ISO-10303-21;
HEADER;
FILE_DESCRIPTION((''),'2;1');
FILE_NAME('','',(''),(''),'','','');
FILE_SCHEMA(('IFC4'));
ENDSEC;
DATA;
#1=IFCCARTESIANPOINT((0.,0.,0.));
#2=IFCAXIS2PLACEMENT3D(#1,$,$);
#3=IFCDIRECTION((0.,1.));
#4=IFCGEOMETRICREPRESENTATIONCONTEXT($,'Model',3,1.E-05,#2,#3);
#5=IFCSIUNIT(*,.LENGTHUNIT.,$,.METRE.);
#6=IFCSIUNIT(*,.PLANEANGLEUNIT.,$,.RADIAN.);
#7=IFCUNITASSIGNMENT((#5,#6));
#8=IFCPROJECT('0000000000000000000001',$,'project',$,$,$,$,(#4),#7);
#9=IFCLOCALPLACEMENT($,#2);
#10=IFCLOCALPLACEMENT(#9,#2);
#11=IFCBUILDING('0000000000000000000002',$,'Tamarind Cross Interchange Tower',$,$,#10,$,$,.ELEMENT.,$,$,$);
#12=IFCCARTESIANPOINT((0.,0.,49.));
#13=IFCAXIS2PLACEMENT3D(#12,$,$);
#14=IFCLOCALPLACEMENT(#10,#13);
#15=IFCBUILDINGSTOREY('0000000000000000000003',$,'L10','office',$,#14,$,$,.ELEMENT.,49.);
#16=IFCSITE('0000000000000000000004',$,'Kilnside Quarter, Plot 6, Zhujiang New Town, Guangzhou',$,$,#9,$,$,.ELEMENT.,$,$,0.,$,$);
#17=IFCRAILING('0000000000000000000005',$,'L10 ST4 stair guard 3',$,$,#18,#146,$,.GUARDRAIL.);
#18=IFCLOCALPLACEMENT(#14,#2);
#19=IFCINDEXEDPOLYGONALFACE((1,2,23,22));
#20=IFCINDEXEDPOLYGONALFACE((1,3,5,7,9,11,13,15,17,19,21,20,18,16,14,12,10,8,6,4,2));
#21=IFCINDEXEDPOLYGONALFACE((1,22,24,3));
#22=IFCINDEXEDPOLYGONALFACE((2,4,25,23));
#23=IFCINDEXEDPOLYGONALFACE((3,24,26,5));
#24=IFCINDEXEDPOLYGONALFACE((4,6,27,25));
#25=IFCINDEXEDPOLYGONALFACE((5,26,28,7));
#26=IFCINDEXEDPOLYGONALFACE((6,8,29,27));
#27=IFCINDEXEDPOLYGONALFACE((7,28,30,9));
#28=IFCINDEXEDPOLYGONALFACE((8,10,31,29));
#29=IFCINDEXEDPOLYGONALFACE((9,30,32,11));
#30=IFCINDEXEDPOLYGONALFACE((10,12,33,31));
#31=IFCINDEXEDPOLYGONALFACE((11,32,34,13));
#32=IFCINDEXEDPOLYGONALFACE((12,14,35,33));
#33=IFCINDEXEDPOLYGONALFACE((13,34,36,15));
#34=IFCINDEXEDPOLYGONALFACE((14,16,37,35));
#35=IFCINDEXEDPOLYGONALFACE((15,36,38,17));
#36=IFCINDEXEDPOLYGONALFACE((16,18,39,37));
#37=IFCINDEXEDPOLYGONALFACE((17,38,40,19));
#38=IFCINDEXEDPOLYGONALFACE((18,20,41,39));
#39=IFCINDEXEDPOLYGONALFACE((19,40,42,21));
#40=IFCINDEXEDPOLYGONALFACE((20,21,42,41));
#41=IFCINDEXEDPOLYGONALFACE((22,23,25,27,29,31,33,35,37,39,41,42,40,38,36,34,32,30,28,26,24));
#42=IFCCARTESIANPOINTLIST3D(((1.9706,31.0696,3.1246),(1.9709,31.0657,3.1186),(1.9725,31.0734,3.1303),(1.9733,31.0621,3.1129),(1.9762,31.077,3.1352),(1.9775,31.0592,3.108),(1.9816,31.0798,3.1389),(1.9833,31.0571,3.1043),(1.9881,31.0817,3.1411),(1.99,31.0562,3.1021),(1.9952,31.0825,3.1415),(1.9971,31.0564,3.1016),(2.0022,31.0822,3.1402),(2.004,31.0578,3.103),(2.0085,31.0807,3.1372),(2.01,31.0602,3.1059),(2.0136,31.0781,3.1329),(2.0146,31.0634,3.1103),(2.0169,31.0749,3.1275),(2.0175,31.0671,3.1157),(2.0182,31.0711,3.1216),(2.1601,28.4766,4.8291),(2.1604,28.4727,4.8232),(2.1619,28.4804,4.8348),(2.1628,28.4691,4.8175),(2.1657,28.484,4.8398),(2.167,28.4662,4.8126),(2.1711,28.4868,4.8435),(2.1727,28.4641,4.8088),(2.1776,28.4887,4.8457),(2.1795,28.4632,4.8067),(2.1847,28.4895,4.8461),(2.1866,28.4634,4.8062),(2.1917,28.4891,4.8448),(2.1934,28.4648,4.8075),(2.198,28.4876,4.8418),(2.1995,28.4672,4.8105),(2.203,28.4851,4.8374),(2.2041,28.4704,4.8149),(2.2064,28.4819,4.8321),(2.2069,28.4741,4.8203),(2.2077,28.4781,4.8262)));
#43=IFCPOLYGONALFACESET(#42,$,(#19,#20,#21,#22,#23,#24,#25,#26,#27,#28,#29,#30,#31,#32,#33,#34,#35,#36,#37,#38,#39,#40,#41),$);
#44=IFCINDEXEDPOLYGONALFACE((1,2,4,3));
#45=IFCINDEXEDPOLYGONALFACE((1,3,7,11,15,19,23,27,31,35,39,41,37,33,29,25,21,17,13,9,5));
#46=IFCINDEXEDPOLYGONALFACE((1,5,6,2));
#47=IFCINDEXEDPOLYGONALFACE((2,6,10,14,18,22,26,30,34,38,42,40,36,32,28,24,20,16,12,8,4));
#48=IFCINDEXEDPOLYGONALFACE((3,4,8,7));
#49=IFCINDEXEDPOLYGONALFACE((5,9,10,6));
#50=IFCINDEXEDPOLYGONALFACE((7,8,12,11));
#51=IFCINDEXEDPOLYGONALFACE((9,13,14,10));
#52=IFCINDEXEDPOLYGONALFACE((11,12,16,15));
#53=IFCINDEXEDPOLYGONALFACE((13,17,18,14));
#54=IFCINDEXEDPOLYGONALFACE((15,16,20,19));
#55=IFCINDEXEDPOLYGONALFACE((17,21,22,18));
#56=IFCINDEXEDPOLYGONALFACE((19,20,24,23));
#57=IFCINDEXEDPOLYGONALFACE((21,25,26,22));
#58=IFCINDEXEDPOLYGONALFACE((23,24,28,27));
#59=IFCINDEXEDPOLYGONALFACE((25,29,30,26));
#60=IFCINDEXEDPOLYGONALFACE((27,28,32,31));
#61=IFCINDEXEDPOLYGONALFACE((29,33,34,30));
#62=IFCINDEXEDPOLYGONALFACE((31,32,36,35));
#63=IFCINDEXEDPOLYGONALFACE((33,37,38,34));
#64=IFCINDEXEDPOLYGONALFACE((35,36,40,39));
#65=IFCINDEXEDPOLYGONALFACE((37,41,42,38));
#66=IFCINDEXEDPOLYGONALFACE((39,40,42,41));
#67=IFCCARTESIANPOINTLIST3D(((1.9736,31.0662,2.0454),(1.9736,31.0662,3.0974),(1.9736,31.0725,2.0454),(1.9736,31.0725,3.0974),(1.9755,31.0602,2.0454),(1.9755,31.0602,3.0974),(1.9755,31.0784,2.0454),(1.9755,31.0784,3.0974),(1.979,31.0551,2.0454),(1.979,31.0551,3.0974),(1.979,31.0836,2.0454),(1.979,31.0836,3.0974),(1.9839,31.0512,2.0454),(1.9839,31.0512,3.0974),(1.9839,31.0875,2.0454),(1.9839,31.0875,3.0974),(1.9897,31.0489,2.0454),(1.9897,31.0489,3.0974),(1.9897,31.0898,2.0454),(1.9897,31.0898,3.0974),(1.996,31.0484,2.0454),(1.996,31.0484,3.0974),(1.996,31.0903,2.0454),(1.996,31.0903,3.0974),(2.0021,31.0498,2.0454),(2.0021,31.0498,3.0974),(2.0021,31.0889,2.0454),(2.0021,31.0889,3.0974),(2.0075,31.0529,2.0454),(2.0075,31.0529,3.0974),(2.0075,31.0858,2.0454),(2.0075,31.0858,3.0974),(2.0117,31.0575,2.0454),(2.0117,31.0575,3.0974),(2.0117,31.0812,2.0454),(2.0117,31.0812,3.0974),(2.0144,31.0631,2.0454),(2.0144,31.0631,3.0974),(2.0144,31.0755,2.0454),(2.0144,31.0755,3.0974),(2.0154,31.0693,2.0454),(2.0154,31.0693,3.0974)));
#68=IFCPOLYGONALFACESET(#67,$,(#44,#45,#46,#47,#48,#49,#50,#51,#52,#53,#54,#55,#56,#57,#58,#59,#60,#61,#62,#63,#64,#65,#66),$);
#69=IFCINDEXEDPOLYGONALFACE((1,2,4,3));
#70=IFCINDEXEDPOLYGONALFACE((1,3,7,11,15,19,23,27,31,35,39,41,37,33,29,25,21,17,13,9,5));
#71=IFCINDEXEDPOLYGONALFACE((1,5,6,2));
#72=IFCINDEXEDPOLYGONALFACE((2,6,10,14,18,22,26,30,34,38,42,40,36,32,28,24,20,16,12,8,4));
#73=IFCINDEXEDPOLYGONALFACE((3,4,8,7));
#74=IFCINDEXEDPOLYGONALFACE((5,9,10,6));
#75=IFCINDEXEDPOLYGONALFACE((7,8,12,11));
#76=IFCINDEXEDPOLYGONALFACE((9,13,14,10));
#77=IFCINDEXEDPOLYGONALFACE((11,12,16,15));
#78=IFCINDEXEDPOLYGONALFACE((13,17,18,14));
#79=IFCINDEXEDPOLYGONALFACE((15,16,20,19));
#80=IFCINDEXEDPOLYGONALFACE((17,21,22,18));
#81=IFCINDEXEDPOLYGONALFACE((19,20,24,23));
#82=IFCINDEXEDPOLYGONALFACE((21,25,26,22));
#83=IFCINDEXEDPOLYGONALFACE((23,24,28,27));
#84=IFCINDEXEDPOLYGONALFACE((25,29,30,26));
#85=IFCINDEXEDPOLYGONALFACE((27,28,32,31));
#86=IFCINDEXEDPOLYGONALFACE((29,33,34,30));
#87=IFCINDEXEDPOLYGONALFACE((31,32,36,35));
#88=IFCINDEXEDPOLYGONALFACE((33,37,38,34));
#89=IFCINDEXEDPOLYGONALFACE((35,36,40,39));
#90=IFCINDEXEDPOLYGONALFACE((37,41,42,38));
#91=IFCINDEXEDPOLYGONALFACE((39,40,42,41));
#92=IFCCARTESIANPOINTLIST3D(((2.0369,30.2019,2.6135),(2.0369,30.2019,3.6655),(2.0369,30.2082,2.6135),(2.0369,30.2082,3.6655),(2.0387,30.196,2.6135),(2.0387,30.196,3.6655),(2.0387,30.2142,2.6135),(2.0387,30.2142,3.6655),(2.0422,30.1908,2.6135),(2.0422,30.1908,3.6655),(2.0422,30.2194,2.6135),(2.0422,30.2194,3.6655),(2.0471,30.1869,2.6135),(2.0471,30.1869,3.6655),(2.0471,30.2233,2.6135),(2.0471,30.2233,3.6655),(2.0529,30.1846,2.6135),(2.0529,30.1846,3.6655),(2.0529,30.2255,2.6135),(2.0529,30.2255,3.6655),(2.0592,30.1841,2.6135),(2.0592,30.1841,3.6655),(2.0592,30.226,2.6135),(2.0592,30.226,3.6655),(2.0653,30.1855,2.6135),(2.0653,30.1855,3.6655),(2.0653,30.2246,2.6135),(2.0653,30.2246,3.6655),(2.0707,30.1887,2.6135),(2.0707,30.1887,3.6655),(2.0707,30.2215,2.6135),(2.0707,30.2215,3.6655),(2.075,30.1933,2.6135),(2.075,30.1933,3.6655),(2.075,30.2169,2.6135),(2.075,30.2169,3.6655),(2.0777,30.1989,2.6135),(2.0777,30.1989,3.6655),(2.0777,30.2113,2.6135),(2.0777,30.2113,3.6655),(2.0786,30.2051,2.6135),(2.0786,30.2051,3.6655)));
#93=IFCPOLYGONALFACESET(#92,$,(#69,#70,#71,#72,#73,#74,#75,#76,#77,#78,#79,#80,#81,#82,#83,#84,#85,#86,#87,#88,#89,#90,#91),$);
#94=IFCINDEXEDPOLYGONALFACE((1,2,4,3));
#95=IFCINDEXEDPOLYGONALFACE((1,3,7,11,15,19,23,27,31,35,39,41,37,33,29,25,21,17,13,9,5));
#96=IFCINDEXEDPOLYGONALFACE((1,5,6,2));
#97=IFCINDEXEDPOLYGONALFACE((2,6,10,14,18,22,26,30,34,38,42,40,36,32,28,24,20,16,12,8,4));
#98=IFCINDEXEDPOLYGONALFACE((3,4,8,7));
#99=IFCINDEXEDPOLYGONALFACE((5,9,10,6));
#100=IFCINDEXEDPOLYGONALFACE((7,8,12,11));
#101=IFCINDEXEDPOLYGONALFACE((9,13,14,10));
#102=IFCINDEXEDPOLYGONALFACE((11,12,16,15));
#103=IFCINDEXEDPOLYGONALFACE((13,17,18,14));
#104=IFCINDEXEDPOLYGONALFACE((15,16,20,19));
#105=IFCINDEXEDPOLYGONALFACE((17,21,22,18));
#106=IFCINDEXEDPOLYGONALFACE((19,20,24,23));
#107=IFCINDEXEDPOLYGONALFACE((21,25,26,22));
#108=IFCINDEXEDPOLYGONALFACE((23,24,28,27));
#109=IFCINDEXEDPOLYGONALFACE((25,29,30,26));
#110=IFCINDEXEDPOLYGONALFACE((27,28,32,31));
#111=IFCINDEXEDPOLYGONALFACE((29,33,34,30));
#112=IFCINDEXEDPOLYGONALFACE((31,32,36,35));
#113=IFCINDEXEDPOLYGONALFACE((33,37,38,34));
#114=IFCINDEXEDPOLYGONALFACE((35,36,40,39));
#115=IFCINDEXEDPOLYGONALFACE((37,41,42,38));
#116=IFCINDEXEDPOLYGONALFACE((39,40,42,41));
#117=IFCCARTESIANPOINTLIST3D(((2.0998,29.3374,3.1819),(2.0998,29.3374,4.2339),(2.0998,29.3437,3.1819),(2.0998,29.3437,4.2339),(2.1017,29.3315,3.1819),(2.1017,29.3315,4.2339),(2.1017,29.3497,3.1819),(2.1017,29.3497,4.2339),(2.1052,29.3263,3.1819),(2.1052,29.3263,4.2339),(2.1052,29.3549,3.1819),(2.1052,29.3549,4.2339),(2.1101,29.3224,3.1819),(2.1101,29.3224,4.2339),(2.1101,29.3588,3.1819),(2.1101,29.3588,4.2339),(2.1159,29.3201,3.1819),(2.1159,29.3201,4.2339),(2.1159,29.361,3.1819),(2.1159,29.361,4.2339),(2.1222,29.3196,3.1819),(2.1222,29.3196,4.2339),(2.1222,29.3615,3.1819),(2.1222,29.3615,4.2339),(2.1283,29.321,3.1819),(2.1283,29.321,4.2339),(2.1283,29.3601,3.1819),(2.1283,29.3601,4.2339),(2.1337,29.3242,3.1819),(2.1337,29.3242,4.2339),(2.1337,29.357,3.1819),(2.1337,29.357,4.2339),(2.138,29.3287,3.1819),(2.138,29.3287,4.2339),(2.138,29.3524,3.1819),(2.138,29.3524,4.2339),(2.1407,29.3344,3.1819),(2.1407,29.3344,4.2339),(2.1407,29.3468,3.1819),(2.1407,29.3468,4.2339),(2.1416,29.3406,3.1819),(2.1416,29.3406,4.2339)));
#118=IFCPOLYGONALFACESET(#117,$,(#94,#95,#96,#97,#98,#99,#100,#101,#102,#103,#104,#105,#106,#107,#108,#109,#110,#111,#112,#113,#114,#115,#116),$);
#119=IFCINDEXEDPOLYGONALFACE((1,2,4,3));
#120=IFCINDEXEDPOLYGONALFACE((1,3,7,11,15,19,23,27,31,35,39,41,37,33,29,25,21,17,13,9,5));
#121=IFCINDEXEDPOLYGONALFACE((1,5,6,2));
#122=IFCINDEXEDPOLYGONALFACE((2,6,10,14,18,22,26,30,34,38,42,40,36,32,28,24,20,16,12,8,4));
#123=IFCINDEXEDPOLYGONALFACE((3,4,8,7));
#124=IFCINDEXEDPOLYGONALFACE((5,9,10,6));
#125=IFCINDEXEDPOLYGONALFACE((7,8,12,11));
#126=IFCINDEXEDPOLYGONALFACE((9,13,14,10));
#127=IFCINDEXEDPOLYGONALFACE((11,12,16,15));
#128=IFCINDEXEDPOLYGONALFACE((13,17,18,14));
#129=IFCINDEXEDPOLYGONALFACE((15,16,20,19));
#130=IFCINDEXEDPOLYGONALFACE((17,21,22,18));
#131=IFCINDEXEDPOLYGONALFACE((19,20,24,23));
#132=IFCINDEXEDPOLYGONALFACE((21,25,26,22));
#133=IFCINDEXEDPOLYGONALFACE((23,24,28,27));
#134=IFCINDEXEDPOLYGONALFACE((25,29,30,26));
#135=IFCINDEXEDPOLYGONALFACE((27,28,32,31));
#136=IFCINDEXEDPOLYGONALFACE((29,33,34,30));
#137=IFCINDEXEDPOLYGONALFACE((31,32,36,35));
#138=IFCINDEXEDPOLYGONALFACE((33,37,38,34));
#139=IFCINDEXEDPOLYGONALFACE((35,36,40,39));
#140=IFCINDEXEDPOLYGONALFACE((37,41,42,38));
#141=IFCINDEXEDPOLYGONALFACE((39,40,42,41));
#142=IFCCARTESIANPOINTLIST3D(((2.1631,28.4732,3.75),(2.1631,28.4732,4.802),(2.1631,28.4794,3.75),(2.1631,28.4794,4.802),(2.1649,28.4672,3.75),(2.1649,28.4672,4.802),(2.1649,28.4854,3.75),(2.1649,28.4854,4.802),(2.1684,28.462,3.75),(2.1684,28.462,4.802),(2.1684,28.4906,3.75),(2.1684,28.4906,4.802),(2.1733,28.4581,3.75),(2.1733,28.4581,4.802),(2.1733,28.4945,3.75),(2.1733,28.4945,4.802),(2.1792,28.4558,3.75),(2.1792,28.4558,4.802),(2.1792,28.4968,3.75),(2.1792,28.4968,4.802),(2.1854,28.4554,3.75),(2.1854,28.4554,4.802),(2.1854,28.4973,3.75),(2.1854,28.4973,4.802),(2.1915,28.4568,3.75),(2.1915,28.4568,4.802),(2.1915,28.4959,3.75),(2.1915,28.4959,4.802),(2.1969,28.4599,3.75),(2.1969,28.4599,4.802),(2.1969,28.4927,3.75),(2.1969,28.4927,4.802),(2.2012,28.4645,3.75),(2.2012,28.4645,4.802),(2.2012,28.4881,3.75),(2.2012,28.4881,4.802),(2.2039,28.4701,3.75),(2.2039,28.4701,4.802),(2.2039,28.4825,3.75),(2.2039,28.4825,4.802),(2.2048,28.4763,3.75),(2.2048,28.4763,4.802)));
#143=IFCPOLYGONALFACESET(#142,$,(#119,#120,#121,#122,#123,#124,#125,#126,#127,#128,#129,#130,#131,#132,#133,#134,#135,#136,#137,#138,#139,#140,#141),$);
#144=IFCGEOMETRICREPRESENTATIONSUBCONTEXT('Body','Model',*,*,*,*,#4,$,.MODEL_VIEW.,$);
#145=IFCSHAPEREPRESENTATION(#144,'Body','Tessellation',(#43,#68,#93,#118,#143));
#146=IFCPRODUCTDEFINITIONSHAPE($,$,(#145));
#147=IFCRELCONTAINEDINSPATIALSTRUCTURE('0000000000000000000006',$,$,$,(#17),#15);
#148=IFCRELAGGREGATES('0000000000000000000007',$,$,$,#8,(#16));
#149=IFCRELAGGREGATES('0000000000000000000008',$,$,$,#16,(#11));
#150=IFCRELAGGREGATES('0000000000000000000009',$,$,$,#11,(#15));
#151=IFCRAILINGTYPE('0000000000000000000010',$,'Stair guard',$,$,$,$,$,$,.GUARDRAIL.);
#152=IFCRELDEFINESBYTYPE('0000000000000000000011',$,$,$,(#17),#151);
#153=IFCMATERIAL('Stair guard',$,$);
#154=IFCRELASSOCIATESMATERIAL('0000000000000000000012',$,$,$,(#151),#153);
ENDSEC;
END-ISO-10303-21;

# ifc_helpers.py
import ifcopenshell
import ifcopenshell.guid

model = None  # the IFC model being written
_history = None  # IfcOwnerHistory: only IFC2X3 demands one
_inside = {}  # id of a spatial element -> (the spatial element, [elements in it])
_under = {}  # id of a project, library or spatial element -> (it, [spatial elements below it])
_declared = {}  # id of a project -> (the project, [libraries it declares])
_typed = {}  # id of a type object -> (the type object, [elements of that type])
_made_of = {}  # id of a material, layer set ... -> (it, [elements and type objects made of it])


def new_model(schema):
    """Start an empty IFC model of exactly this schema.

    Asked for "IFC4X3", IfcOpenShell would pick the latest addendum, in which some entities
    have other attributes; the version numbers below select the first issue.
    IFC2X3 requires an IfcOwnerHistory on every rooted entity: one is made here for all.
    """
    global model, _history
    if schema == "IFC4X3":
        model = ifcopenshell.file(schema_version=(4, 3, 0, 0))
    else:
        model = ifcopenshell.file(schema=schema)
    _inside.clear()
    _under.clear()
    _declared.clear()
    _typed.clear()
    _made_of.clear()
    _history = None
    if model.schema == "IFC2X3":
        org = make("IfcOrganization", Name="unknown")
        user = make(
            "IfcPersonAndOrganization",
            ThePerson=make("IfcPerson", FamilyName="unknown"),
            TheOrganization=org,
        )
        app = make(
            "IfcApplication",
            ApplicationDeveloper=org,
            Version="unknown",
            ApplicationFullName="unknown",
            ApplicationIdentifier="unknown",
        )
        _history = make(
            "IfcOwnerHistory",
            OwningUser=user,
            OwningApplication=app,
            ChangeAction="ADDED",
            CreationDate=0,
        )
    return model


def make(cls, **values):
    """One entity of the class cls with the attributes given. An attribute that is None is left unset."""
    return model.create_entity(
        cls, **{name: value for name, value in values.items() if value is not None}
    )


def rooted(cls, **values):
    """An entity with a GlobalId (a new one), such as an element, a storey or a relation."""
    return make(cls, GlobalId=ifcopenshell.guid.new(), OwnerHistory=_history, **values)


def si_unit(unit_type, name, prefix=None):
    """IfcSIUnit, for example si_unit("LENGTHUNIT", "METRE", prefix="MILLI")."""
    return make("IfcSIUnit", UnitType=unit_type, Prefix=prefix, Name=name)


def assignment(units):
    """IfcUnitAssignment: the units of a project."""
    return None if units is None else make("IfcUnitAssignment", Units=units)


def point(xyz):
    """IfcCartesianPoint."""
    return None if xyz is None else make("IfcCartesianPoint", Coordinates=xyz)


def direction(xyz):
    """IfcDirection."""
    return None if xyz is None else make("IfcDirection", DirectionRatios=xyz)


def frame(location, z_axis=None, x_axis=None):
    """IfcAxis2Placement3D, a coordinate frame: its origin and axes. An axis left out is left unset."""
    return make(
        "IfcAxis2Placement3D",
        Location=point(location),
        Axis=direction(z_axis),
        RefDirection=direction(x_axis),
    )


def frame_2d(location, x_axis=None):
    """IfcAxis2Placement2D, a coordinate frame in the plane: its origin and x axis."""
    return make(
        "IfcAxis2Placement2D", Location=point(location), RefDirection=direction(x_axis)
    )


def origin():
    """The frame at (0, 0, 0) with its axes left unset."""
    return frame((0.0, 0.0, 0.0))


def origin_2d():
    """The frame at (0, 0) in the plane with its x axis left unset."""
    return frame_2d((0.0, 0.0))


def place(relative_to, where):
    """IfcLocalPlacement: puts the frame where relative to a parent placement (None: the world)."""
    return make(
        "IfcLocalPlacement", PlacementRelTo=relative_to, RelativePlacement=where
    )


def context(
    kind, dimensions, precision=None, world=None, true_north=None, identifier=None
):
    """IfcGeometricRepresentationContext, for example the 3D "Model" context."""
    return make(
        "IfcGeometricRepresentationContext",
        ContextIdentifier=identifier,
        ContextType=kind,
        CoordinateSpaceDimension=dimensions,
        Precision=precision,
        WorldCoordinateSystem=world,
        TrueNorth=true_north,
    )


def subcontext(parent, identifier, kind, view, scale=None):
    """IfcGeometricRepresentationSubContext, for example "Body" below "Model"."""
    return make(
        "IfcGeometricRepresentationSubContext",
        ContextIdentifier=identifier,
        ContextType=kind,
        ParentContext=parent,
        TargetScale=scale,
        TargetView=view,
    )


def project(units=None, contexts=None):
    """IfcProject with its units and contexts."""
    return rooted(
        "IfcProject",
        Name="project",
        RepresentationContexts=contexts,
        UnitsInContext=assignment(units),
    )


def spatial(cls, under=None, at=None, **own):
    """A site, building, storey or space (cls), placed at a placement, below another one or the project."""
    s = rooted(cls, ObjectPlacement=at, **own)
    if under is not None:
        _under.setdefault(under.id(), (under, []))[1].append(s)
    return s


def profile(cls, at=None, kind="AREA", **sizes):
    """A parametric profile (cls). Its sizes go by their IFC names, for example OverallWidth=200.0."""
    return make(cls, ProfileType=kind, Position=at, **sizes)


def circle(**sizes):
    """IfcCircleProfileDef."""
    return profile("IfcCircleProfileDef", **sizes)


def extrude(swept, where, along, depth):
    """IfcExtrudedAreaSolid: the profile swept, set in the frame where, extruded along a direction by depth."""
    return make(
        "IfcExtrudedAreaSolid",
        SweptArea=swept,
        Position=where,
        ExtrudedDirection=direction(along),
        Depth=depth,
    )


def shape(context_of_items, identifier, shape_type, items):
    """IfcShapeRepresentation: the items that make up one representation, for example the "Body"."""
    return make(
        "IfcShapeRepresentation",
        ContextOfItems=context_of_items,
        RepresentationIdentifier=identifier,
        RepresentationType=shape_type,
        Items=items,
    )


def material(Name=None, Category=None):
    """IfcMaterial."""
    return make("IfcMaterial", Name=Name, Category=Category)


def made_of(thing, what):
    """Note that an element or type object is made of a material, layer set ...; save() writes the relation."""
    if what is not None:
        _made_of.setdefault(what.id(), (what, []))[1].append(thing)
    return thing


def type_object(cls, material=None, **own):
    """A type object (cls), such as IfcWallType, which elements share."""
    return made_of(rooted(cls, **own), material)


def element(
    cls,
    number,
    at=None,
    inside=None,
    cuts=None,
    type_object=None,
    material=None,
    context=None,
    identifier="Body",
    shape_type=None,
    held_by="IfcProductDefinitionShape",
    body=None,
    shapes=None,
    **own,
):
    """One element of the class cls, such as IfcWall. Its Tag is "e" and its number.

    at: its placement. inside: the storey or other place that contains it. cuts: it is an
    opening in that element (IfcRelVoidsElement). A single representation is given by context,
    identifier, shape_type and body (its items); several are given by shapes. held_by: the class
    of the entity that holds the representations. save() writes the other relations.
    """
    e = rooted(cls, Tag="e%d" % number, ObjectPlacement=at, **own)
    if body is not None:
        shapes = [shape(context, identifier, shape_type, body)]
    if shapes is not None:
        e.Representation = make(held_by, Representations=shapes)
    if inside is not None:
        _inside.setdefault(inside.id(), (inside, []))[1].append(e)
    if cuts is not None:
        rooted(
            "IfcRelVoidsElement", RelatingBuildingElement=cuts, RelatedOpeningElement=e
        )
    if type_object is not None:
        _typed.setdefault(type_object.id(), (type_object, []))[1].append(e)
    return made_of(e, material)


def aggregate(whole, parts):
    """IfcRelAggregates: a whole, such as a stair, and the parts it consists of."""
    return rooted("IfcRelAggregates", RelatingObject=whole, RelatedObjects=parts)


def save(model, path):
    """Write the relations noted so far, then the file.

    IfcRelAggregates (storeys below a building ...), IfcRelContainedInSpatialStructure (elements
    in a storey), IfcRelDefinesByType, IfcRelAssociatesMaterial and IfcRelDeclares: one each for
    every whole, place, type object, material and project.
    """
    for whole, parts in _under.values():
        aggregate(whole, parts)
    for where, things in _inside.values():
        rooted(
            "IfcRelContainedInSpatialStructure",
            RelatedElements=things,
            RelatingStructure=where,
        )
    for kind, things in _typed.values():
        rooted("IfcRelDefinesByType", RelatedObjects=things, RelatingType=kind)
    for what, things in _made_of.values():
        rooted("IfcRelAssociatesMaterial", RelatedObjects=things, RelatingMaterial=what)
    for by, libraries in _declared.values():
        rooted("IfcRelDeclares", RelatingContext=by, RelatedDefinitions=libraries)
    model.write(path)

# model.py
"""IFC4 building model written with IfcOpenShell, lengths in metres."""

from ifc_helpers import new_model, si_unit, direction, frame, origin, origin_2d, place, context, subcontext, project, spatial, circle, extrude, material, type_object, element, save


model = new_model("IFC4")

# Units and contexts
model_context = context("Model", 3, precision=1e-05, world=origin(), true_north=direction((0.0, 1.0)))
body_context = subcontext(model_context, "Body", "Model", "MODEL_VIEW")
ifc_project = project(units=[si_unit("LENGTHUNIT", "METRE"), si_unit("PLANEANGLEUNIT", "RADIAN")], contexts=[model_context])

# Site, building, storey
site_placement = place(None, origin())
site = spatial("IfcSite", under=ifc_project, at=site_placement, Name="Kilnside Quarter, Plot 6, Zhujiang New Town, Guangzhou", CompositionType="ELEMENT", RefElevation=0.0)
building_placement = place(site_placement, origin())
building = spatial("IfcBuilding", under=site, at=building_placement, Name="Tamarind Cross Interchange Tower", CompositionType="ELEMENT")
storey_placement = place(building_placement, frame((0.0, 0.0, 49.0)))
storey = spatial("IfcBuildingStorey", under=building, at=storey_placement, Name="L10", Description="office", CompositionType="ELEMENT", Elevation=49.0)

# Railing
ifc_material_1 = material(Name="Stair guard")
railing_type_1 = type_object("IfcRailingType", Name="Stair guard", PredefinedType="GUARDRAIL", material=ifc_material_1)
railing_1_placement = place(storey_placement, frame((1.9944, 31.0693, 2.0454)))
element("IfcRailing", 1, at=railing_1_placement, inside=storey, type_object=railing_type_1, Name="L10 ST4 stair guard 3", PredefinedType="GUARDRAIL", context=body_context, shape_type="SweptSolid", body=[
    extrude(circle(Radius=0.0239, at=origin_2d()), frame((0.0, 0.0, 1.0762), z_axis=(0.060939, -0.834063, 0.548294), x_axis=(0.997342, 0.072869, 0.0)), (0.0, 0.0, 1.0), 3.1089),
    extrude(circle(Radius=0.021, at=origin_2d()), origin(), (0.0, 0.0, 1.0), 1.052),
    extrude(circle(Radius=0.021, at=origin_2d()), frame((0.0632, -0.8643, 0.5681)), (0.0, 0.0, 1.0), 1.052),
    extrude(circle(Radius=0.021, at=origin_2d()), frame((0.1262, -1.7288, 1.1365)), (0.0, 0.0, 1.0), 1.052),
    extrude(circle(Radius=0.021, at=origin_2d()), frame((0.1895, -2.593, 1.7046)), (0.0, 0.0, 1.0), 1.052),
])

save(model, "model.ifc")
